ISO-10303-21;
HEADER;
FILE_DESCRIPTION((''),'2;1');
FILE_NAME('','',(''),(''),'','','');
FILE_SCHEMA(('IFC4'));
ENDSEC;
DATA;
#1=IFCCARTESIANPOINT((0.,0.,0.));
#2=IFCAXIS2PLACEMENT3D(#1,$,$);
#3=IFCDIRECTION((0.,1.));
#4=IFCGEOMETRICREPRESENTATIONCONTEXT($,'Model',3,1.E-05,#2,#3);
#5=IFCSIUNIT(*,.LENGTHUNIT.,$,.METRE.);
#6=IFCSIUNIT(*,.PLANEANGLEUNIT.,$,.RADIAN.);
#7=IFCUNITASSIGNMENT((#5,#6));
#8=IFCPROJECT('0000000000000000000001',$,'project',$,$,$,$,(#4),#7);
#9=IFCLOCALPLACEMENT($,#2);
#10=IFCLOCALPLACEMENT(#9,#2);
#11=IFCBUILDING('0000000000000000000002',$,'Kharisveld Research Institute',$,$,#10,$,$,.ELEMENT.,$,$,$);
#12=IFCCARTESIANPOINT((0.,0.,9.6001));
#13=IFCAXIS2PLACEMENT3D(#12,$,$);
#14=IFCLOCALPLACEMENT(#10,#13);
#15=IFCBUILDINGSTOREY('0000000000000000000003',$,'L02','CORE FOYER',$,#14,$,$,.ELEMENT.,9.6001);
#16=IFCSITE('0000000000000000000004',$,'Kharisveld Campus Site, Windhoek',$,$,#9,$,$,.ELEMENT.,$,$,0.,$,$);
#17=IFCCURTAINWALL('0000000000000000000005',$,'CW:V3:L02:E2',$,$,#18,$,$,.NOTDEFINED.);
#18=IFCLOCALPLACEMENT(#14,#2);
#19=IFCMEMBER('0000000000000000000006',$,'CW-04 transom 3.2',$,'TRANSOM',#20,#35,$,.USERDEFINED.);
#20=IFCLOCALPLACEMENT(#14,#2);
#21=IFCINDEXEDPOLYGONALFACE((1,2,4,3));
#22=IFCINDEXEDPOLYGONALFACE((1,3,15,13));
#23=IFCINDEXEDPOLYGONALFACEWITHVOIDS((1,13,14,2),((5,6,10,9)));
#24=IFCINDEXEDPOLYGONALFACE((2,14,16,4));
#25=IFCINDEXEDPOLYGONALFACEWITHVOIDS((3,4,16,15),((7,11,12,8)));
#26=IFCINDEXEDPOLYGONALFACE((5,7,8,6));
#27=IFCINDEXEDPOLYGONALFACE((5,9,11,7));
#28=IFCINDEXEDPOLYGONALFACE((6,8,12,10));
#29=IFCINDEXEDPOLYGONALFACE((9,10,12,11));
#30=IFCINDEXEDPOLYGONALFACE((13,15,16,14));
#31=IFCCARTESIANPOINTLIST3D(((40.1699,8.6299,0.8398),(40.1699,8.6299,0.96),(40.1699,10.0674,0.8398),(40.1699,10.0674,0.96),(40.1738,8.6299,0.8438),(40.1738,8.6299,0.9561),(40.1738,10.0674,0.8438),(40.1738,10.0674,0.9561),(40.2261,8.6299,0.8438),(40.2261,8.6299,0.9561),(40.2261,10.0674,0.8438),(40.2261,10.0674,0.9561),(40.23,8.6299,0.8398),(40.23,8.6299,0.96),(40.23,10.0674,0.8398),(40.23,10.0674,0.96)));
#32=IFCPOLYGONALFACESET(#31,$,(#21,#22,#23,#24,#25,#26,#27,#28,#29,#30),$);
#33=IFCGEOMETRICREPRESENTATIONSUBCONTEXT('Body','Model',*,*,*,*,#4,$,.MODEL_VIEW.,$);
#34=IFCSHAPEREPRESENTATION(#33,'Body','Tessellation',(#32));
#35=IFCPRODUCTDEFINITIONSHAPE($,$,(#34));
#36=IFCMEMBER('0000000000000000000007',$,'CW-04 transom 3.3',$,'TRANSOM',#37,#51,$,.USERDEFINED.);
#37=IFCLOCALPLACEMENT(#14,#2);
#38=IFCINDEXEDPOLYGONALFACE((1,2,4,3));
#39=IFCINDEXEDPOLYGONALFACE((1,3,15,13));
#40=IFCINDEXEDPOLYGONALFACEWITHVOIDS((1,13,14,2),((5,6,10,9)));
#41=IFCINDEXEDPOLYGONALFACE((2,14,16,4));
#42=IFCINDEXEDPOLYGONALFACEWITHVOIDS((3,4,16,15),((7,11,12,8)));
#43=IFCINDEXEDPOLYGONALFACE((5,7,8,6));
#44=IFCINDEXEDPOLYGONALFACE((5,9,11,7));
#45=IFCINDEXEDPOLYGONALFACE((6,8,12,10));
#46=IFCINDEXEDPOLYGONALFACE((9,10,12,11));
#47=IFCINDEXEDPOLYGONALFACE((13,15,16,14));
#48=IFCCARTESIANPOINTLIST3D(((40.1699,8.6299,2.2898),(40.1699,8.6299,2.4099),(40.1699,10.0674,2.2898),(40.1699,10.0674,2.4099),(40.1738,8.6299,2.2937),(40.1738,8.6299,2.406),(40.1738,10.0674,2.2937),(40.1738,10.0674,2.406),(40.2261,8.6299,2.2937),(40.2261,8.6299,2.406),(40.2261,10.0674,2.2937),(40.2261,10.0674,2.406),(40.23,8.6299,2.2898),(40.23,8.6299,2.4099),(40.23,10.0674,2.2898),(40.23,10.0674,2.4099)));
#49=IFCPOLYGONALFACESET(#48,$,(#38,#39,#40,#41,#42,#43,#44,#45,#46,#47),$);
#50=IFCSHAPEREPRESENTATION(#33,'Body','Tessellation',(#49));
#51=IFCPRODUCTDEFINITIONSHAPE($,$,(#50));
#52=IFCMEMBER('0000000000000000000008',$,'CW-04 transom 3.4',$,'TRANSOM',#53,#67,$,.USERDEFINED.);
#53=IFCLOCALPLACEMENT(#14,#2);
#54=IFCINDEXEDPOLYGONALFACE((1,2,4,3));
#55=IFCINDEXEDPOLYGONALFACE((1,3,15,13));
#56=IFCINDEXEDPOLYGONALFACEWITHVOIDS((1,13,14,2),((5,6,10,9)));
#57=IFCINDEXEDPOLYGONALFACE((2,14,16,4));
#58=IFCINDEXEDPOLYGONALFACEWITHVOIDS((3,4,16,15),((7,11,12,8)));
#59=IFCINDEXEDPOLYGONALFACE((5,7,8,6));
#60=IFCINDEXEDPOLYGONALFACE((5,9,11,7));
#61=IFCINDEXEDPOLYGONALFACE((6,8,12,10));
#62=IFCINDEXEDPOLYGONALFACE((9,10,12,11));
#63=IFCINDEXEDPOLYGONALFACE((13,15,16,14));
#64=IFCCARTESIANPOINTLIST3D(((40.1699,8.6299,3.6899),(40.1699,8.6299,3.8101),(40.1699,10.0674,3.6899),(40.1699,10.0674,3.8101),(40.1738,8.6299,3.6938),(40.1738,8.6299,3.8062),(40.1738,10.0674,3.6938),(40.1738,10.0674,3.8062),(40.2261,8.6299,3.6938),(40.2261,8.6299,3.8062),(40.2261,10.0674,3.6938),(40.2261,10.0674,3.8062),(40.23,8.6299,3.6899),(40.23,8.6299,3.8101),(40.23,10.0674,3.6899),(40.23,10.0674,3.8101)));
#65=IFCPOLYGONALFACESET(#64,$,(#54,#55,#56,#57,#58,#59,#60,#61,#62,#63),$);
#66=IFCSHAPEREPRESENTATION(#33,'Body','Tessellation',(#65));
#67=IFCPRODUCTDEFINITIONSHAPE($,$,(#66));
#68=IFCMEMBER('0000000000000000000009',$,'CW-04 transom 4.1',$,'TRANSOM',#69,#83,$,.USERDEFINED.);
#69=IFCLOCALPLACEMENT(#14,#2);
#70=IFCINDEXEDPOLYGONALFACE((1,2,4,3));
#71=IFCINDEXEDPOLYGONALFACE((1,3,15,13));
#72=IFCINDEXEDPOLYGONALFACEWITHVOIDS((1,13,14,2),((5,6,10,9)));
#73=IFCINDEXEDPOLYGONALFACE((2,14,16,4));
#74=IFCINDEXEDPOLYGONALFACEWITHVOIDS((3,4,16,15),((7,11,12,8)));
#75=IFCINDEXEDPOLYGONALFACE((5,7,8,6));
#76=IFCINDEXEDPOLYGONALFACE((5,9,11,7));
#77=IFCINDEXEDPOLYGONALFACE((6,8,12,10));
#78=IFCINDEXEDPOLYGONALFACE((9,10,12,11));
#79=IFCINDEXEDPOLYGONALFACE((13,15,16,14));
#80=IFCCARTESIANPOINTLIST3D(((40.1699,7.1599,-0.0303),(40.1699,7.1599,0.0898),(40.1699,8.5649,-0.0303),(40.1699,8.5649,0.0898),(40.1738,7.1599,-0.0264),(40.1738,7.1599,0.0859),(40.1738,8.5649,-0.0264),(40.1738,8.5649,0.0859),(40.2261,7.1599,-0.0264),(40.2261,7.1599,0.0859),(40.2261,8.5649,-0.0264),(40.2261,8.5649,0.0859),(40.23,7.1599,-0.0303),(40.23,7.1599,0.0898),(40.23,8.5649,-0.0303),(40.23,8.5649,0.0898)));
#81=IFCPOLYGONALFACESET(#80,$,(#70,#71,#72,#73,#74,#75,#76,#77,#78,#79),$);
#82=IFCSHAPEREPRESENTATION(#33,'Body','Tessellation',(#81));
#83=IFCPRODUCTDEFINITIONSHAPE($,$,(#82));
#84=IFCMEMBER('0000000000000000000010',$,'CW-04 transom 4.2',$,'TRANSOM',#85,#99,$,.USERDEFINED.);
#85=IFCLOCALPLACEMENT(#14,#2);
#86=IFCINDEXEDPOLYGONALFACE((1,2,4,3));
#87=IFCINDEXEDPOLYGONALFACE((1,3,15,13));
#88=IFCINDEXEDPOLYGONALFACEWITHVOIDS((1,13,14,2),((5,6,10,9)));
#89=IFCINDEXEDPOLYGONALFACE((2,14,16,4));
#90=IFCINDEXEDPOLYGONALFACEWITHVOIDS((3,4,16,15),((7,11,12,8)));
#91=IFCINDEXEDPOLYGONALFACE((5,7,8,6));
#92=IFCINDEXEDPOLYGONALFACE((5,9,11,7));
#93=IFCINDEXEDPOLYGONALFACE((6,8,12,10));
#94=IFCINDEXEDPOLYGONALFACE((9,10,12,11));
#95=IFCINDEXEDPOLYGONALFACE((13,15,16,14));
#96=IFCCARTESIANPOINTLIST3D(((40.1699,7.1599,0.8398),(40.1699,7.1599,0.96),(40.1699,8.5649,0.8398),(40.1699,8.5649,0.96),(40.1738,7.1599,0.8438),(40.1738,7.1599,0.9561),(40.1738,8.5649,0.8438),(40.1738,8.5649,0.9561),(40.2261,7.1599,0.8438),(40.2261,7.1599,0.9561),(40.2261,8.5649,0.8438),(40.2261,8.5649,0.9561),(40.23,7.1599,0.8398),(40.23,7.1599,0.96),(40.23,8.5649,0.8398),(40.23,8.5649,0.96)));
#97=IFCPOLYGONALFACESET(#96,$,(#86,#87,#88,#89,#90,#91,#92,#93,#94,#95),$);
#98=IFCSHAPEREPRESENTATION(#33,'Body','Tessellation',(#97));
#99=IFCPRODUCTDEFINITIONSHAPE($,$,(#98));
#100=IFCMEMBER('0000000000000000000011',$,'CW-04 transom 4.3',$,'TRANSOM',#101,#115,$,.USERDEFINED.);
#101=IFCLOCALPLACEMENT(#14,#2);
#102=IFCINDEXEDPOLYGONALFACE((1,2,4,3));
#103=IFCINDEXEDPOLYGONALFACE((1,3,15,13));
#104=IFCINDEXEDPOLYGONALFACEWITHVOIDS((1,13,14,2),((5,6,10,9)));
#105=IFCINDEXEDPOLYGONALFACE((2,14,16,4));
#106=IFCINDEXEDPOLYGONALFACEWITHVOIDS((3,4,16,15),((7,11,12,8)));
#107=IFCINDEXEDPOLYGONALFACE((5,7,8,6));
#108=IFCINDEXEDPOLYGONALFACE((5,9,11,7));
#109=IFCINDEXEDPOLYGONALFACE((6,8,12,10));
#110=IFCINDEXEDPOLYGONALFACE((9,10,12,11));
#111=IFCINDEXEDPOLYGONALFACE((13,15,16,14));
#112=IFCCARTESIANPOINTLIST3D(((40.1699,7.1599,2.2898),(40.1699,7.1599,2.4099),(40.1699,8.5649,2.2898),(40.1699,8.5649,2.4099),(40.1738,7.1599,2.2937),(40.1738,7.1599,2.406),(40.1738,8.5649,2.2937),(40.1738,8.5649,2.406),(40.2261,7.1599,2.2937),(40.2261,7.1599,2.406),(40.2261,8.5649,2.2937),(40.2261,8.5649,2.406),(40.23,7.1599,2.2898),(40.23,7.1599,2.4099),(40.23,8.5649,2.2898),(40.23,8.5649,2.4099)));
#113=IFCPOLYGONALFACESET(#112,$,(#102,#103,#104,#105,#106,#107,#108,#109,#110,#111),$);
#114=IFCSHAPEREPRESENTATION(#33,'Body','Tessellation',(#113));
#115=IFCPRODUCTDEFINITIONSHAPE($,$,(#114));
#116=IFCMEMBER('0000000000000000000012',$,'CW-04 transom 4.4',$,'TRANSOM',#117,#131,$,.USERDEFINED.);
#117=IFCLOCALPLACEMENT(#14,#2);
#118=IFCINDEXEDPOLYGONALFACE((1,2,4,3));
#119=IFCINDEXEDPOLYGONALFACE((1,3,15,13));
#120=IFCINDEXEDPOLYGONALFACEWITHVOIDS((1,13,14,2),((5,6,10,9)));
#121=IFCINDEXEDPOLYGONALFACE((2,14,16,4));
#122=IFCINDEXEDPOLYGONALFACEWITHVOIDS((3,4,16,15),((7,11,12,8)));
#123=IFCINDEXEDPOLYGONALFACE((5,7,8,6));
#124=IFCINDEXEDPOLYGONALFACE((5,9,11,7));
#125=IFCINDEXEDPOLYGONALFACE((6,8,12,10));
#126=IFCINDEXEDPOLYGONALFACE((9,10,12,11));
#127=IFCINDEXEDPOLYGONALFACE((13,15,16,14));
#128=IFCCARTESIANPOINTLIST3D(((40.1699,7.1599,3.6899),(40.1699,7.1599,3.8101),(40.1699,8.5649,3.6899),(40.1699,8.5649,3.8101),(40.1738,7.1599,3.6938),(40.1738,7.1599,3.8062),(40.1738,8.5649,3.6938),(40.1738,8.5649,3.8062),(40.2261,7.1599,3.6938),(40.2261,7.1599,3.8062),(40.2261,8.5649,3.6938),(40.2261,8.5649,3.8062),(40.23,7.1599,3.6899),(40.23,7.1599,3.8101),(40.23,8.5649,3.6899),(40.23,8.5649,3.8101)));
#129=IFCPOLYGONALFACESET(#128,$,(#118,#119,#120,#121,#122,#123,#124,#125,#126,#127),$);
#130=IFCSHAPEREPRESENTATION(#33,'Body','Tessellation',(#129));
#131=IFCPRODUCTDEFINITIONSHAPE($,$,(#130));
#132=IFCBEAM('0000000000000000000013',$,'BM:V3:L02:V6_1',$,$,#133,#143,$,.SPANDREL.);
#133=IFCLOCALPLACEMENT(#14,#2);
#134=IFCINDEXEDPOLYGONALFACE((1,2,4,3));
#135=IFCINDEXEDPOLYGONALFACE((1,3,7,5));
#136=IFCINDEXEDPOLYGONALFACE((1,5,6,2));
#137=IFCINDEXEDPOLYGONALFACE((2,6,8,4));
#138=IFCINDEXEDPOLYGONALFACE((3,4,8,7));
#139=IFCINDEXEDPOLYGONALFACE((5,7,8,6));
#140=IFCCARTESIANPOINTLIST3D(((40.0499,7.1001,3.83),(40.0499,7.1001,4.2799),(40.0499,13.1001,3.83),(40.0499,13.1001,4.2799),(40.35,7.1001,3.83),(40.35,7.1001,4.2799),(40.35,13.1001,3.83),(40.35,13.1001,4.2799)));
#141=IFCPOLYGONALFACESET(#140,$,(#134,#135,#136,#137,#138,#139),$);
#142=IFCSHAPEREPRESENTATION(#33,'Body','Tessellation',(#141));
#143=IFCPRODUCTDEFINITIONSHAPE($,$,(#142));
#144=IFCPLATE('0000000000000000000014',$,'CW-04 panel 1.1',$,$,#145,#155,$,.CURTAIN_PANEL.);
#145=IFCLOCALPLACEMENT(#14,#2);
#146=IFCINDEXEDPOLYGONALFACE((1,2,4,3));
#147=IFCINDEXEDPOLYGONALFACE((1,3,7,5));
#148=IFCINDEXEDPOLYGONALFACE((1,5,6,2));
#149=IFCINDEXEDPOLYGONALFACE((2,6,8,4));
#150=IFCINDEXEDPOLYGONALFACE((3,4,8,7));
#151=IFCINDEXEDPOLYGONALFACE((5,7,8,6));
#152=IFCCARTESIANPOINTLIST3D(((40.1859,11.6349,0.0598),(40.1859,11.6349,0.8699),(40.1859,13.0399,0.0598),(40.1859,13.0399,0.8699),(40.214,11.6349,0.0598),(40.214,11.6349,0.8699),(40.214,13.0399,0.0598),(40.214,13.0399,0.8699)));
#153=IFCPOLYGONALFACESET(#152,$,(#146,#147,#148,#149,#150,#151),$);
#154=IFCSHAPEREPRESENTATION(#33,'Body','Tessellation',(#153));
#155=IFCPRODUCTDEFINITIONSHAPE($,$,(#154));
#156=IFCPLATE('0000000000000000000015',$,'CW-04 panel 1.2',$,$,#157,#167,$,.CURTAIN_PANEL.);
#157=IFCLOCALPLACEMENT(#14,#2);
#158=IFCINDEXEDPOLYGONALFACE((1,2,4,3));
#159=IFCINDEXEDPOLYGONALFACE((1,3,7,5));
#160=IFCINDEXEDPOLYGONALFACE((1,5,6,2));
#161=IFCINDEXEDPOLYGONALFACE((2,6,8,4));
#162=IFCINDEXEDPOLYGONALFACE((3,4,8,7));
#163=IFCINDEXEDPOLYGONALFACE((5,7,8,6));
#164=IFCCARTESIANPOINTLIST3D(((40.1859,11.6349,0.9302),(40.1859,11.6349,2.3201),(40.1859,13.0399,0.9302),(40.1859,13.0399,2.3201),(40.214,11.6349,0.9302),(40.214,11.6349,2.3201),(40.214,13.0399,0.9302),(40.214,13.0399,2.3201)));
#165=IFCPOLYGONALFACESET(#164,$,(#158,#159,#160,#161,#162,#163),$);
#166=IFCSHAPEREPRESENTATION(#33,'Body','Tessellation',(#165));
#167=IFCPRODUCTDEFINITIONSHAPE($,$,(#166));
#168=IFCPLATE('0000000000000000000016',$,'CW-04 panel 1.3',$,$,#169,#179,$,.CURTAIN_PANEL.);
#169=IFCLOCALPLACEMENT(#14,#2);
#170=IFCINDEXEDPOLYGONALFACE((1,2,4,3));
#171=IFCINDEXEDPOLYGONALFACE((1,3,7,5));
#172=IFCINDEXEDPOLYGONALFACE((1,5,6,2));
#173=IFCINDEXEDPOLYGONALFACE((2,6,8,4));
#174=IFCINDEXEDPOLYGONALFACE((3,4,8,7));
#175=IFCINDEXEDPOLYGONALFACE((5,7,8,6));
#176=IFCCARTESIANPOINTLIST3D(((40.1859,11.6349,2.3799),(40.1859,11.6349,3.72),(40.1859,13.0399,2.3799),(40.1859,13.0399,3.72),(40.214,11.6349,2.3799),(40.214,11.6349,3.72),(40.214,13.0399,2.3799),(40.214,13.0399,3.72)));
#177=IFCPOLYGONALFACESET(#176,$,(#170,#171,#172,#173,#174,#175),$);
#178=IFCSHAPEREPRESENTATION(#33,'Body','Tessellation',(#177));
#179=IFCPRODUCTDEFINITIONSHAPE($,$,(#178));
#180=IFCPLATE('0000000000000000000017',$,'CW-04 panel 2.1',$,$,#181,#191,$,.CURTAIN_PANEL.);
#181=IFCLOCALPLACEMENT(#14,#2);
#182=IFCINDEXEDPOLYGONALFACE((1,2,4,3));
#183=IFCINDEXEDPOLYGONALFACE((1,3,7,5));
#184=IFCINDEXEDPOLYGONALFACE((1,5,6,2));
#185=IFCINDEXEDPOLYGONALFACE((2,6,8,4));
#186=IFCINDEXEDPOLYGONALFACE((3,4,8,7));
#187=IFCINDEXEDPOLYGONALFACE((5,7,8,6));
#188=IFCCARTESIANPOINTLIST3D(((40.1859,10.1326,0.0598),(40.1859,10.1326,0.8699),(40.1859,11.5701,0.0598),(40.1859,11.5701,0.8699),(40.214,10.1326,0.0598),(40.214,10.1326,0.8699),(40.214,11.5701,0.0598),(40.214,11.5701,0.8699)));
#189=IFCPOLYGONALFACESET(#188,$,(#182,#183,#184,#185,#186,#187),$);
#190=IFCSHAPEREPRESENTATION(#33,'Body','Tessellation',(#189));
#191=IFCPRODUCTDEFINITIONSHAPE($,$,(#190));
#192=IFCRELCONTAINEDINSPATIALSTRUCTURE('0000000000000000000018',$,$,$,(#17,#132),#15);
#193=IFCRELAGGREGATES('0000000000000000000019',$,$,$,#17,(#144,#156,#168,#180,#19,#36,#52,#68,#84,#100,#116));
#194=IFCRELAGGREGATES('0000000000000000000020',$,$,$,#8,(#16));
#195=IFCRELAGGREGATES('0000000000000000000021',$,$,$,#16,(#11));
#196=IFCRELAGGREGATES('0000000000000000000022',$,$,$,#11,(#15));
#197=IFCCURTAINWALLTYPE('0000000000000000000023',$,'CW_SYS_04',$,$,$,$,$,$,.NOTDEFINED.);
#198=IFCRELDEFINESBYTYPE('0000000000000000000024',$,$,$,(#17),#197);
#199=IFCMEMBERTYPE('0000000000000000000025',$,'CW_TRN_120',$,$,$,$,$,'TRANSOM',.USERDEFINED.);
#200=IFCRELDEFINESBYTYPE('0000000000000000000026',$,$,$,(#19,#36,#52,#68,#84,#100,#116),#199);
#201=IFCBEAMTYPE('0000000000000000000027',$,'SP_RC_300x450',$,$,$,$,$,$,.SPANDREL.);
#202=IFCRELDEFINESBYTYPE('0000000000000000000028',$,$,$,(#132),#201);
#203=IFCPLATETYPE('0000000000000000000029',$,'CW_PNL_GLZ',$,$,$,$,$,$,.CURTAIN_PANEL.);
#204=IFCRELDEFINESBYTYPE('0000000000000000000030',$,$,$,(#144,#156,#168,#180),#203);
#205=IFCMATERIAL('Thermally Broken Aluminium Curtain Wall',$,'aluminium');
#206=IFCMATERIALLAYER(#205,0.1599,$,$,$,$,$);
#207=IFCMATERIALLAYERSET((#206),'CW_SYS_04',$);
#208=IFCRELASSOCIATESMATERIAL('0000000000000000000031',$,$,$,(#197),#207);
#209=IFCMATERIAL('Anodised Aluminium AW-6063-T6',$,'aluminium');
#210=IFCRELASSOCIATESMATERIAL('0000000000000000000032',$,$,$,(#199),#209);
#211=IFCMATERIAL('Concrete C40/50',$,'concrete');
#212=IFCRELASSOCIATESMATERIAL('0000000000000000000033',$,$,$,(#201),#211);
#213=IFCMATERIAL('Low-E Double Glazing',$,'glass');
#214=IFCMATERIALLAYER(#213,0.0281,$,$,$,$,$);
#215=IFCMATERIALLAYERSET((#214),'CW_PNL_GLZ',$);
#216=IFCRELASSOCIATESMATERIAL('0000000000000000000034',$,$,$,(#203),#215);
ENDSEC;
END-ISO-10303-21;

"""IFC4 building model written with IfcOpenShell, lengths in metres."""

from ifc_helpers import new_model, si_unit, direction, frame, origin, origin_2d, place, context, subcontext, project, spatial, rectangle, hollow_rectangle, extrude, material, layer, layer_set, material_profile, profile_set, type_object, element, aggregate, save


model = new_model("IFC4")

# Units and contexts
model_context = context("Model", 3, precision=1e-05, world=origin(), true_north=direction((0.0, 1.0)))
body_context = subcontext(model_context, "Body", "Model", "MODEL_VIEW")
ifc_project = project(units=[si_unit("LENGTHUNIT", "METRE"), si_unit("PLANEANGLEUNIT", "RADIAN")], contexts=[model_context])

# Site, building, storey
site_placement = place(None, origin())
site = spatial("IfcSite", under=ifc_project, at=site_placement, Name="Kharisveld Campus Site, Windhoek", CompositionType="ELEMENT", RefElevation=0.0)
building_placement = place(site_placement, origin())
building = spatial("IfcBuilding", under=site, at=building_placement, Name="Kharisveld Research Institute", CompositionType="ELEMENT")
storey_placement = place(building_placement, frame((0.0, 0.0, 9.6001)))
storey = spatial("IfcBuildingStorey", under=building, at=storey_placement, Name="L02", Description="CORE FOYER", CompositionType="ELEMENT", Elevation=9.6001)

# Curtain wall, members
ifc_material_1 = material(Name="Thermally Broken Aluminium Curtain Wall", Category="aluminium")
ifc_layer_1 = layer(ifc_material_1, 0.1599)
ifc_layer_set_1 = layer_set([ifc_layer_1], Name="CW_SYS_04")
curtain_wall_type = type_object("IfcCurtainWallType", Name="CW_SYS_04", PredefinedType="NOTDEFINED", material=ifc_layer_set_1)
curtain_wall_placement = place(storey_placement, origin())
curtain_wall = element("IfcCurtainWall", 1, at=curtain_wall_placement, inside=storey, type_object=curtain_wall_type, Name="CW:V3:L02:E2", PredefinedType="NOTDEFINED")
ifc_material_2 = material(Name="Anodised Aluminium AW-6063-T6", Category="aluminium")
ifc_material_profile_1 = material_profile(ifc_material_2, hollow_rectangle(XDim=0.0601, YDim=0.1201, WallThickness=0.0039, at=origin_2d()))
ifc_profile_set_1 = profile_set([ifc_material_profile_1], Name="Anodised Aluminium AW-6063-T6")
member_type_1 = type_object("IfcMemberType", Name="CW_TRN_120", ElementType="TRANSOM", PredefinedType="USERDEFINED", material=ifc_profile_set_1)
member_1_placement = place(storey_placement, frame((40.2, 10.0674, 0.8999), z_axis=(0.0, -1.0, 0.0), x_axis=(1.0, 0.0, 0.0)))
member_1 = element("IfcMember", 2, at=member_1_placement, type_object=member_type_1, Name="CW-04 transom 3.2", ObjectType="TRANSOM", PredefinedType="USERDEFINED", context=body_context, shape_type="SweptSolid", body=[
    extrude(hollow_rectangle(XDim=0.0601, YDim=0.1201, WallThickness=0.0039, at=origin_2d()), origin(), (0.0, 0.0, 1.0), 1.4375),
])
member_2_placement = place(storey_placement, frame((40.2, 10.0674, 2.3499), z_axis=(0.0, -1.0, 0.0), x_axis=(1.0, 0.0, 0.0)))
member_2 = element("IfcMember", 3, at=member_2_placement, type_object=member_type_1, Name="CW-04 transom 3.3", ObjectType="TRANSOM", PredefinedType="USERDEFINED", context=body_context, shape_type="SweptSolid", body=[
    extrude(hollow_rectangle(XDim=0.0601, YDim=0.1201, WallThickness=0.0039, at=origin_2d()), origin(), (0.0, 0.0, 1.0), 1.4375),
])
member_3_placement = place(storey_placement, frame((40.2, 10.0674, 3.75), z_axis=(0.0, -1.0, 0.0), x_axis=(1.0, 0.0, 0.0)))
member_3 = element("IfcMember", 4, at=member_3_placement, type_object=member_type_1, Name="CW-04 transom 3.4", ObjectType="TRANSOM", PredefinedType="USERDEFINED", context=body_context, shape_type="SweptSolid", body=[
    extrude(hollow_rectangle(XDim=0.0601, YDim=0.1201, WallThickness=0.0039, at=origin_2d()), origin(), (0.0, 0.0, 1.0), 1.4375),
])
member_4_placement = place(storey_placement, frame((40.2, 8.5649, 0.0298), z_axis=(0.0, -1.0, 0.0), x_axis=(1.0, 0.0, 0.0)))
member_4 = element("IfcMember", 5, at=member_4_placement, type_object=member_type_1, Name="CW-04 transom 4.1", ObjectType="TRANSOM", PredefinedType="USERDEFINED", context=body_context, shape_type="SweptSolid", body=[
    extrude(hollow_rectangle(XDim=0.0601, YDim=0.1201, WallThickness=0.0039, at=origin_2d()), origin(), (0.0, 0.0, 1.0), 1.405),
])
member_5_placement = place(storey_placement, frame((40.2, 8.5649, 0.8999), z_axis=(0.0, -1.0, 0.0), x_axis=(1.0, 0.0, 0.0)))
member_5 = element("IfcMember", 6, at=member_5_placement, type_object=member_type_1, Name="CW-04 transom 4.2", ObjectType="TRANSOM", PredefinedType="USERDEFINED", context=body_context, shape_type="SweptSolid", body=[
    extrude(hollow_rectangle(XDim=0.0601, YDim=0.1201, WallThickness=0.0039, at=origin_2d()), origin(), (0.0, 0.0, 1.0), 1.405),
])
member_6_placement = place(storey_placement, frame((40.2, 8.5649, 2.3499), z_axis=(0.0, -1.0, 0.0), x_axis=(1.0, 0.0, 0.0)))
member_6 = element("IfcMember", 7, at=member_6_placement, type_object=member_type_1, Name="CW-04 transom 4.3", ObjectType="TRANSOM", PredefinedType="USERDEFINED", context=body_context, shape_type="SweptSolid", body=[
    extrude(hollow_rectangle(XDim=0.0601, YDim=0.1201, WallThickness=0.0039, at=origin_2d()), origin(), (0.0, 0.0, 1.0), 1.405),
])
member_7_placement = place(storey_placement, frame((40.2, 8.5649, 3.75), z_axis=(0.0, -1.0, 0.0), x_axis=(1.0, 0.0, 0.0)))
member_7 = element("IfcMember", 8, at=member_7_placement, type_object=member_type_1, Name="CW-04 transom 4.4", ObjectType="TRANSOM", PredefinedType="USERDEFINED", context=body_context, shape_type="SweptSolid", body=[
    extrude(hollow_rectangle(XDim=0.0601, YDim=0.1201, WallThickness=0.0039, at=origin_2d()), origin(), (0.0, 0.0, 1.0), 1.405),
])

# Beam
ifc_material_3 = material(Name="Concrete C40/50", Category="concrete")
ifc_material_profile_2 = material_profile(ifc_material_3, rectangle(XDim=0.3, YDim=0.45, at=origin_2d()))
ifc_profile_set_2 = profile_set([ifc_material_profile_2], Name="Concrete C40/50")
beam_type = type_object("IfcBeamType", Name="SP_RC_300x450", PredefinedType="SPANDREL", material=ifc_profile_set_2)
beam_placement = place(storey_placement, frame((40.2, 7.1001, 4.0549), z_axis=(0.0, 1.0, 0.0), x_axis=(-1.0, 0.0, 0.0)))
element("IfcBeam", 9, at=beam_placement, inside=storey, type_object=beam_type, Name="BM:V3:L02:V6_1", PredefinedType="SPANDREL", context=body_context, shape_type="SweptSolid", body=[
    extrude(rectangle(XDim=0.3, YDim=0.45, at=origin_2d()), origin(), (0.0, 0.0, 1.0), 6.0),
])

# Plates
ifc_material_4 = material(Name="Low-E Double Glazing", Category="glass")
ifc_layer_2 = layer(ifc_material_4, 0.0281)
ifc_layer_set_2 = layer_set([ifc_layer_2], Name="CW_PNL_GLZ")
plate_type = type_object("IfcPlateType", Name="CW_PNL_GLZ", PredefinedType="CURTAIN_PANEL", material=ifc_layer_set_2)
plate_1_placement = place(storey_placement, frame((40.2, 12.3374, 0.0598), z_axis=(0.0, 0.0, 1.0), x_axis=(0.0, -1.0, 0.0)))
plate_1 = element("IfcPlate", 10, at=plate_1_placement, type_object=plate_type, Name="CW-04 panel 1.1", PredefinedType="CURTAIN_PANEL", context=body_context, shape_type="SweptSolid", body=[
    extrude(rectangle(XDim=1.405, YDim=0.0281, at=origin_2d()), origin(), (0.0, 0.0, 1.0), 0.8101),
])
plate_2_placement = place(storey_placement, frame((40.2, 12.3374, 0.9302), z_axis=(0.0, 0.0, 1.0), x_axis=(0.0, -1.0, 0.0)))
plate_2 = element("IfcPlate", 11, at=plate_2_placement, type_object=plate_type, Name="CW-04 panel 1.2", PredefinedType="CURTAIN_PANEL", context=body_context, shape_type="SweptSolid", body=[
    extrude(rectangle(XDim=1.405, YDim=0.0281, at=origin_2d()), origin(), (0.0, 0.0, 1.0), 1.3899),
])
plate_3_placement = place(storey_placement, frame((40.2, 12.3374, 2.3799), z_axis=(0.0, 0.0, 1.0), x_axis=(0.0, -1.0, 0.0)))
plate_3 = element("IfcPlate", 12, at=plate_3_placement, type_object=plate_type, Name="CW-04 panel 1.3", PredefinedType="CURTAIN_PANEL", context=body_context, shape_type="SweptSolid", body=[
    extrude(rectangle(XDim=1.405, YDim=0.0281, at=origin_2d()), origin(), (0.0, 0.0, 1.0), 1.3401),
])
plate_4_placement = place(storey_placement, frame((40.2, 10.8513, 0.0598), z_axis=(0.0, 0.0, 1.0), x_axis=(0.0, -1.0, 0.0)))
plate_4 = element("IfcPlate", 13, at=plate_4_placement, type_object=plate_type, Name="CW-04 panel 2.1", PredefinedType="CURTAIN_PANEL", context=body_context, shape_type="SweptSolid", body=[
    extrude(rectangle(XDim=1.4375, YDim=0.0281, at=origin_2d()), origin(), (0.0, 0.0, 1.0), 0.8101),
])
aggregate(curtain_wall, [plate_1, plate_2, plate_3, plate_4, member_1, member_2, member_3, member_4, member_5, member_6, member_7])

save(model, "model.ifc")
